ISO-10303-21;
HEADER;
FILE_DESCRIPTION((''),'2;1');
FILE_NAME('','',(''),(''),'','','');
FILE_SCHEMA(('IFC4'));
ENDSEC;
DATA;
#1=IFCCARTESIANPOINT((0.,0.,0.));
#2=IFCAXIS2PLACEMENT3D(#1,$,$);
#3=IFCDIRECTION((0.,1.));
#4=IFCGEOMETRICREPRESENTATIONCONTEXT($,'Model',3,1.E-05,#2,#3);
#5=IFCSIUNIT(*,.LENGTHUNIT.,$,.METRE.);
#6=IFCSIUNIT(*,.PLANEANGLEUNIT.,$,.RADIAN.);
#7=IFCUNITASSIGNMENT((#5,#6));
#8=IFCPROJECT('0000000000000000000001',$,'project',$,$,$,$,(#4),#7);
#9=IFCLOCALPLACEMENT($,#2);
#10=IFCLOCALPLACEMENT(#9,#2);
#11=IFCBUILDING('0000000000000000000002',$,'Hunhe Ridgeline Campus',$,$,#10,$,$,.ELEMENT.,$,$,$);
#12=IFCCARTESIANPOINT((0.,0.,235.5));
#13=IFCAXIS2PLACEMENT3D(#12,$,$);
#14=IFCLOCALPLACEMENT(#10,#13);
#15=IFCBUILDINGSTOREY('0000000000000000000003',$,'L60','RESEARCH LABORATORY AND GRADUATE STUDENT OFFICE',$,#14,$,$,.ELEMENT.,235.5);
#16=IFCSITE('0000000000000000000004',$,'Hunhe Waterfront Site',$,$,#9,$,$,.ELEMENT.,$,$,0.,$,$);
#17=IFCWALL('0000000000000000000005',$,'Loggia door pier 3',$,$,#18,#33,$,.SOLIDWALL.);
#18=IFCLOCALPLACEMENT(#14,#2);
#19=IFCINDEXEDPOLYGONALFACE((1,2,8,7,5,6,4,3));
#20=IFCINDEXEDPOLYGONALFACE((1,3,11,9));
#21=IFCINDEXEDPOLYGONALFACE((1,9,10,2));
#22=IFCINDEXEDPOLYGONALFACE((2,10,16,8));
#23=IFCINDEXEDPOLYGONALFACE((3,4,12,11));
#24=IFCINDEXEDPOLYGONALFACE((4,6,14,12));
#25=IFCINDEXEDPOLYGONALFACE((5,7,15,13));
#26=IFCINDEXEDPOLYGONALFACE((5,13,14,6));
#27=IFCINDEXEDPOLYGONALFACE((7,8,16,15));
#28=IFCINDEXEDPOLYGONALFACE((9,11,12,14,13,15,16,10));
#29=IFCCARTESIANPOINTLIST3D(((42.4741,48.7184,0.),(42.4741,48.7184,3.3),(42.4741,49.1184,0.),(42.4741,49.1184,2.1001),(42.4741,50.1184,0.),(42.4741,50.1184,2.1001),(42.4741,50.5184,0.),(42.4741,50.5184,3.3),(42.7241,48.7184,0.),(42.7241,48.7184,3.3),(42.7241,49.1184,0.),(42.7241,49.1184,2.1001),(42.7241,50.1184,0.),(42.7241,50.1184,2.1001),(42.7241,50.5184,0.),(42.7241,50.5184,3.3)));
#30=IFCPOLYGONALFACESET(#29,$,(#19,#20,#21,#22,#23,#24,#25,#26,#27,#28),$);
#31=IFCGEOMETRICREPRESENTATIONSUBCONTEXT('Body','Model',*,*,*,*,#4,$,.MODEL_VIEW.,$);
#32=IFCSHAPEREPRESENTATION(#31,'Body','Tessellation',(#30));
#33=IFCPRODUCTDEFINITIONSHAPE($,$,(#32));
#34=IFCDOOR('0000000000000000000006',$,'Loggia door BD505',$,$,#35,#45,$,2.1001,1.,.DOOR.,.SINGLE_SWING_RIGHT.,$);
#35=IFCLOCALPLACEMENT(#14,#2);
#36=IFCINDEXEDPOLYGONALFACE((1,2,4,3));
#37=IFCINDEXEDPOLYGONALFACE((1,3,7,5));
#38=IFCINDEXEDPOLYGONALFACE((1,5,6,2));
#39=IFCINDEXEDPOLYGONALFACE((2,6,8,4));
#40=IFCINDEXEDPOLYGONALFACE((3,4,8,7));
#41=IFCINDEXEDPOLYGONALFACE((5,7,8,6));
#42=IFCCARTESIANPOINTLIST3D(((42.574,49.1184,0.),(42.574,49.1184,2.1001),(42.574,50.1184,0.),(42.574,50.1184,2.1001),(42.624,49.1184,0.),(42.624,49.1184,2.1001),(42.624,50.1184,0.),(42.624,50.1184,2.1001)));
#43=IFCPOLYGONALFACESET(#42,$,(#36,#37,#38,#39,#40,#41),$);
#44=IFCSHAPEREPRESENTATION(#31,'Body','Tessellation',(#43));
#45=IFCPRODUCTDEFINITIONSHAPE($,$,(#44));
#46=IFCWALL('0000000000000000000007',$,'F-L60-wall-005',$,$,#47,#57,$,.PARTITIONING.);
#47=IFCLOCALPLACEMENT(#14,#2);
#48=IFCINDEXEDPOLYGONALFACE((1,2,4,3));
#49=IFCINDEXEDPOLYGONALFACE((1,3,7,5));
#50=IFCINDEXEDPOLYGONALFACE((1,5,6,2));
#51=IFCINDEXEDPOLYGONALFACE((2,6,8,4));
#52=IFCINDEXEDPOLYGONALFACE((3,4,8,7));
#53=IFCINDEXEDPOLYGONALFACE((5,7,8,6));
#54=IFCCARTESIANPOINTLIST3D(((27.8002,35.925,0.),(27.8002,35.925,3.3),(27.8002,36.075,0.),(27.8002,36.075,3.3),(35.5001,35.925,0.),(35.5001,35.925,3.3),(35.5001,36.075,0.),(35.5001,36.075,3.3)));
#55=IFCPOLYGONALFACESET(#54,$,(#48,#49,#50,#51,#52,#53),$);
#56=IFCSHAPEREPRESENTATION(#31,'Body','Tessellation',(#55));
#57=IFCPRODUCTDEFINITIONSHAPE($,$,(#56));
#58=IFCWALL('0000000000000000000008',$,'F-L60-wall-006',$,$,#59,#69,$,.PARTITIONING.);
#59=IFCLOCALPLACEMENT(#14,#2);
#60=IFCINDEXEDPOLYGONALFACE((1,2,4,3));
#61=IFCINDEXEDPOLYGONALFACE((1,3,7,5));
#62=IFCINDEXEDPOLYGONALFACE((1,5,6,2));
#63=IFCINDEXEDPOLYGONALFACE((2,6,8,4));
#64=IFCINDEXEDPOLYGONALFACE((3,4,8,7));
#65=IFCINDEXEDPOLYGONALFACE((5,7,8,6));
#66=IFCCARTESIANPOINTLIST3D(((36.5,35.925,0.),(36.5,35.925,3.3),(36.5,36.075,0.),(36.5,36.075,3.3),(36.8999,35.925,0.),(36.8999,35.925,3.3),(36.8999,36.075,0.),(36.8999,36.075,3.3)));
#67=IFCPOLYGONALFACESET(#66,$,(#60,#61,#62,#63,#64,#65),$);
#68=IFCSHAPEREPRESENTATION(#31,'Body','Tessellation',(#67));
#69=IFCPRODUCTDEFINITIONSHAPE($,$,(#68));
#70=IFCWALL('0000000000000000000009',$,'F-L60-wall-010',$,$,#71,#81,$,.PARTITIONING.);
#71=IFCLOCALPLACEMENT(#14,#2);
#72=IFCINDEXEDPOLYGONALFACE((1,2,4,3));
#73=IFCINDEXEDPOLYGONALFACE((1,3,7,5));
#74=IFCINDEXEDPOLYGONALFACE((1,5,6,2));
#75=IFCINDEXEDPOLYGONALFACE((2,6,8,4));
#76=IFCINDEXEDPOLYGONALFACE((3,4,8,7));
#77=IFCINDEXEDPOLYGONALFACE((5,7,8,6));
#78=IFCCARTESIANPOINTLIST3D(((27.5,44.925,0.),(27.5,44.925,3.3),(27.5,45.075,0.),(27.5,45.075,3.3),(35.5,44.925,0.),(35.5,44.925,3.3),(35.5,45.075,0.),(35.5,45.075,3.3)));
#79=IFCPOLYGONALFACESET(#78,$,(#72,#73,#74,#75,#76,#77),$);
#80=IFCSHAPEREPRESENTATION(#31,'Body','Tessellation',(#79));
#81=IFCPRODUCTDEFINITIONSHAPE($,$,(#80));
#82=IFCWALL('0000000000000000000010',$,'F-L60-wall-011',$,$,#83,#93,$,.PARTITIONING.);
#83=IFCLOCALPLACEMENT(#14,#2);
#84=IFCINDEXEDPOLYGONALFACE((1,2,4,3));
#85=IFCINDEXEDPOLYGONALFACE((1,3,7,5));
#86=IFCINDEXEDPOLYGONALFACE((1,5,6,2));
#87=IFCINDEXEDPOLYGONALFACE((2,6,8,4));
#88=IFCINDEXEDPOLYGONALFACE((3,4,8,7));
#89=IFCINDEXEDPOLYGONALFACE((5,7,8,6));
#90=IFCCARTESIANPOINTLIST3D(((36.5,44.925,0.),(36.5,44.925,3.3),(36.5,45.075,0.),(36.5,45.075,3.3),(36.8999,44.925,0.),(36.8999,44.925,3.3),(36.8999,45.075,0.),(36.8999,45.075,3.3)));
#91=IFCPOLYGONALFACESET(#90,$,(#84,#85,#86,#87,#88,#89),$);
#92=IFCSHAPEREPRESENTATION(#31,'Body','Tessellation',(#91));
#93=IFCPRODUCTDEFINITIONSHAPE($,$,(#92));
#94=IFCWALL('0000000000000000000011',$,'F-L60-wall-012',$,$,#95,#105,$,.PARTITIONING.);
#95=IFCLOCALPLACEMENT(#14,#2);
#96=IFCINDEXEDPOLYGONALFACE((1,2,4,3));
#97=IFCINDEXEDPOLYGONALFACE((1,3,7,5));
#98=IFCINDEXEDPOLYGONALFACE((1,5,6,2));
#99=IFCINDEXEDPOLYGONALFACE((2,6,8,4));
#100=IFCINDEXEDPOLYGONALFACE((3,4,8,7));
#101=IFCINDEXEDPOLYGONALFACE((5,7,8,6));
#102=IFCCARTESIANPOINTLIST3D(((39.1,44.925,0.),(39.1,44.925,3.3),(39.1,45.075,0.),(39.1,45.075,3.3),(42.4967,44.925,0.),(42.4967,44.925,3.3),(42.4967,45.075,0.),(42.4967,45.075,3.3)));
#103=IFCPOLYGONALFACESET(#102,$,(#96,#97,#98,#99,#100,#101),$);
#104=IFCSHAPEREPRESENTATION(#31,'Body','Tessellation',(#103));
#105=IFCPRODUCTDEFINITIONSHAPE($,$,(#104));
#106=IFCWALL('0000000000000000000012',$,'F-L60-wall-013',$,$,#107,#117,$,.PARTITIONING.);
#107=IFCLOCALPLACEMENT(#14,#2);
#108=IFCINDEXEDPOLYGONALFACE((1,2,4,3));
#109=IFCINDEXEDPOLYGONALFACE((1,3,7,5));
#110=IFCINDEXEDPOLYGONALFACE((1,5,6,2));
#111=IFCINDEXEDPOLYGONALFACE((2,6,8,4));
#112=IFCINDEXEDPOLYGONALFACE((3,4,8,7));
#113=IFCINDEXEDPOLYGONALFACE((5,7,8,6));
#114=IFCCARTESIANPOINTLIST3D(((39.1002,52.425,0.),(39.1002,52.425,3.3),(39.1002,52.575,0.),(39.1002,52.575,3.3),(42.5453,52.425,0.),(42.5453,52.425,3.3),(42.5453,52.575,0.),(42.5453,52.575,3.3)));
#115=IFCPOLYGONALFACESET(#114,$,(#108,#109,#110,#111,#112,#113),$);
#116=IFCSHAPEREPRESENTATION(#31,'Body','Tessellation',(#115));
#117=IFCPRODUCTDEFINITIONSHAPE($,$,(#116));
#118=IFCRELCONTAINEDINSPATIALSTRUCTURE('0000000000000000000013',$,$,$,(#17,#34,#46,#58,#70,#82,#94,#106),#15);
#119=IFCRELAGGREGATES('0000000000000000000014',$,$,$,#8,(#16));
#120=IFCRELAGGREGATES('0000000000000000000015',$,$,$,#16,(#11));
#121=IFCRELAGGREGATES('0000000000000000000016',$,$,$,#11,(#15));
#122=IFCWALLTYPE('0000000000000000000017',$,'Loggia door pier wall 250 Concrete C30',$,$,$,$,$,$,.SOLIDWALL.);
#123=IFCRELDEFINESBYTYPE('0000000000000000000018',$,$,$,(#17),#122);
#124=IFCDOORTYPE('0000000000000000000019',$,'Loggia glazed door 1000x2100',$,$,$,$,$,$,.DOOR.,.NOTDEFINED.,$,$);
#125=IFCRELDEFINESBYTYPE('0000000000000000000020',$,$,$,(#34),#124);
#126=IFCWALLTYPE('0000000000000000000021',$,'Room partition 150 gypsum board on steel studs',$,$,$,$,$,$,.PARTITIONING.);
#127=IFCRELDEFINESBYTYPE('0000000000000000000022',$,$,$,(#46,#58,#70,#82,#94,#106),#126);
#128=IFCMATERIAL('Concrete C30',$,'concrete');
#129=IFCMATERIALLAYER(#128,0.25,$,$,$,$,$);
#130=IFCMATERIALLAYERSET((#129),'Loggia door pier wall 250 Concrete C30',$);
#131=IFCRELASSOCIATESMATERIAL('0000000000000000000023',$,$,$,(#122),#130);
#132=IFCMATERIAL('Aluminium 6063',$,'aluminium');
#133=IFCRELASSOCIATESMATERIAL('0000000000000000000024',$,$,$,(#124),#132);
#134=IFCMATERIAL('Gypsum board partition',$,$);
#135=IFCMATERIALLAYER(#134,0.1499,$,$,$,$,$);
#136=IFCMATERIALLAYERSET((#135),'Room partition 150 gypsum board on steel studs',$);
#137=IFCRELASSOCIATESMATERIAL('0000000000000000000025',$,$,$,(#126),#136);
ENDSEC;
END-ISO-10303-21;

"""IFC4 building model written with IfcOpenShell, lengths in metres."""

from ifc_helpers import new_model, si_unit, direction, frame, frame_2d, origin, place, context, subcontext, project, spatial, rectangle, extrude, material, layer, layer_set, type_object, element, fill, save


model = new_model("IFC4")

# Units and contexts
model_context = context("Model", 3, precision=1e-05, world=origin(), true_north=direction((0.0, 1.0)))
body_context = subcontext(model_context, "Body", "Model", "MODEL_VIEW")
ifc_project = project(units=[si_unit("LENGTHUNIT", "METRE"), si_unit("PLANEANGLEUNIT", "RADIAN")], contexts=[model_context])

# Site, building, storey
site_placement = place(None, origin())
site = spatial("IfcSite", under=ifc_project, at=site_placement, Name="Hunhe Waterfront Site", CompositionType="ELEMENT", RefElevation=0.0)
building_placement = place(site_placement, origin())
building = spatial("IfcBuilding", under=site, at=building_placement, Name="Hunhe Ridgeline Campus", CompositionType="ELEMENT")
storey_placement = place(building_placement, frame((0.0, 0.0, 235.5)))
storey = spatial("IfcBuildingStorey", under=building, at=storey_placement, Name="L60", Description="RESEARCH LABORATORY AND GRADUATE STUDENT OFFICE", CompositionType="ELEMENT", Elevation=235.5)

# Shared definitions
ifc_material_1 = material(Name="Aluminium 6063", Category="aluminium")

# Wall, opening, door
ifc_material_2 = material(Name="Concrete C30", Category="concrete")
ifc_layer_1 = layer(ifc_material_2, 0.25)
ifc_layer_set_1 = layer_set([ifc_layer_1], Name="Loggia door pier wall 250 Concrete C30")
wall_type_1 = type_object("IfcWallType", Name="Loggia door pier wall 250 Concrete C30", PredefinedType="SOLIDWALL", material=ifc_layer_set_1)
wall_1_placement = place(storey_placement, frame((42.5991, 48.7185, 0.0), z_axis=(0.0, 0.0, 1.0), x_axis=(0.0, 1.0, 0.0)))
wall_1 = element("IfcWall", 1, at=wall_1_placement, inside=storey, type_object=wall_type_1, Name="Loggia door pier 3", PredefinedType="SOLIDWALL", context=body_context, shape_type="SweptSolid", body=[
    extrude(rectangle(XDim=1.8, YDim=0.25, at=frame_2d((0.8999, 0.0))), origin(), (0.0, 0.0, 1.0), 3.3),
])
opening_placement = place(wall_1_placement, frame((0.3999, 0.0, 0.0)))
opening = element("IfcOpeningElement", 2, at=opening_placement, cuts=wall_1, PredefinedType="OPENING", context=body_context, shape_type="SweptSolid", body=[
    extrude(rectangle(XDim=1.0, YDim=2.1001, at=frame_2d((0.5, 1.05))), frame((0.0, 0.125, 0.0), z_axis=(0.0, -1.0, 0.0), x_axis=(1.0, 0.0, 0.0)), (0.0, 0.0, 1.0), 0.25),
])
door_type = type_object("IfcDoorType", Name="Loggia glazed door 1000x2100", OperationType="NOTDEFINED", PredefinedType="DOOR", material=ifc_material_1)
door_placement = place(opening_placement, frame((1.0, 0.0, 0.0), z_axis=(0.0, 0.0, 1.0), x_axis=(-1.0, 0.0, 0.0)))
door = element("IfcDoor", 3, at=door_placement, inside=storey, type_object=door_type, Name="Loggia door BD505", OperationType="SINGLE_SWING_RIGHT", OverallHeight=2.1001, OverallWidth=1.0, PredefinedType="DOOR", context=body_context, shape_type="SweptSolid", body=[
    extrude(rectangle(XDim=1.0, YDim=2.1001, at=frame_2d((0.5, 1.05))), frame((0.0, 0.0249, 0.0), z_axis=(0.0, -1.0, 0.0), x_axis=(1.0, 0.0, 0.0)), (0.0, 0.0, 1.0), 0.05),
])
fill(opening, door)

# Walls
ifc_material_3 = material(Name="Gypsum board partition")
ifc_layer_2 = layer(ifc_material_3, 0.1499)
ifc_layer_set_2 = layer_set([ifc_layer_2], Name="Room partition 150 gypsum board on steel studs")
wall_type_2 = type_object("IfcWallType", Name="Room partition 150 gypsum board on steel studs", PredefinedType="PARTITIONING", material=ifc_layer_set_2)
wall_2_placement = place(storey_placement, frame((27.8, 36.0, 0.0), z_axis=(0.0, 0.0, 1.0), x_axis=(1.0, 0.0, 0.0)))
element("IfcWall", 4, at=wall_2_placement, inside=storey, type_object=wall_type_2, Name="F-L60-wall-005", PredefinedType="PARTITIONING", context=body_context, shape_type="SweptSolid", body=[
    extrude(rectangle(XDim=7.7, YDim=0.1499, at=frame_2d((3.8501, 0.0))), origin(), (0.0, 0.0, 1.0), 3.3),
])
wall_3_placement = place(storey_placement, frame((36.5, 36.0, 0.0), z_axis=(0.0, 0.0, 1.0), x_axis=(1.0, 0.0, 0.0)))
element("IfcWall", 5, at=wall_3_placement, inside=storey, type_object=wall_type_2, Name="F-L60-wall-006", PredefinedType="PARTITIONING", context=body_context, shape_type="SweptSolid", body=[
    extrude(rectangle(XDim=0.3999, YDim=0.1499, at=frame_2d((0.2, 0.0))), origin(), (0.0, 0.0, 1.0), 3.3),
])
wall_4_placement = place(storey_placement, frame((27.5, 45.0, 0.0), z_axis=(0.0, 0.0, 1.0), x_axis=(1.0, 0.0, 0.0)))
element("IfcWall", 6, at=wall_4_placement, inside=storey, type_object=wall_type_2, Name="F-L60-wall-010", PredefinedType="PARTITIONING", context=body_context, shape_type="SweptSolid", body=[
    extrude(rectangle(XDim=8.0, YDim=0.1499, at=frame_2d((4.0, 0.0))), origin(), (0.0, 0.0, 1.0), 3.3),
])
wall_5_placement = place(storey_placement, frame((36.5, 45.0, 0.0), z_axis=(0.0, 0.0, 1.0), x_axis=(1.0, 0.0, 0.0)))
element("IfcWall", 7, at=wall_5_placement, inside=storey, type_object=wall_type_2, Name="F-L60-wall-011", PredefinedType="PARTITIONING", context=body_context, shape_type="SweptSolid", body=[
    extrude(rectangle(XDim=0.3999, YDim=0.1499, at=frame_2d((0.2, 0.0))), origin(), (0.0, 0.0, 1.0), 3.3),
])
wall_6_placement = place(storey_placement, frame((39.1001, 45.0, 0.0), z_axis=(0.0, 0.0, 1.0), x_axis=(1.0, 0.0, 0.0)))
element("IfcWall", 8, at=wall_6_placement, inside=storey, type_object=wall_type_2, Name="F-L60-wall-012", PredefinedType="PARTITIONING", context=body_context, shape_type="SweptSolid", body=[
    extrude(rectangle(XDim=3.3967, YDim=0.1499, at=frame_2d((1.6982, 0.0))), origin(), (0.0, 0.0, 1.0), 3.3),
])
wall_7_placement = place(storey_placement, frame((39.1001, 52.5, 0.0), z_axis=(0.0, 0.0, 1.0), x_axis=(1.0, 0.0, 0.0)))
element("IfcWall", 9, at=wall_7_placement, inside=storey, type_object=wall_type_2, Name="F-L60-wall-013", PredefinedType="PARTITIONING", context=body_context, shape_type="SweptSolid", body=[
    extrude(rectangle(XDim=3.4451, YDim=0.1499, at=frame_2d((1.7227, 0.0))), origin(), (0.0, 0.0, 1.0), 3.3),
])

save(model, "model.ifc")
